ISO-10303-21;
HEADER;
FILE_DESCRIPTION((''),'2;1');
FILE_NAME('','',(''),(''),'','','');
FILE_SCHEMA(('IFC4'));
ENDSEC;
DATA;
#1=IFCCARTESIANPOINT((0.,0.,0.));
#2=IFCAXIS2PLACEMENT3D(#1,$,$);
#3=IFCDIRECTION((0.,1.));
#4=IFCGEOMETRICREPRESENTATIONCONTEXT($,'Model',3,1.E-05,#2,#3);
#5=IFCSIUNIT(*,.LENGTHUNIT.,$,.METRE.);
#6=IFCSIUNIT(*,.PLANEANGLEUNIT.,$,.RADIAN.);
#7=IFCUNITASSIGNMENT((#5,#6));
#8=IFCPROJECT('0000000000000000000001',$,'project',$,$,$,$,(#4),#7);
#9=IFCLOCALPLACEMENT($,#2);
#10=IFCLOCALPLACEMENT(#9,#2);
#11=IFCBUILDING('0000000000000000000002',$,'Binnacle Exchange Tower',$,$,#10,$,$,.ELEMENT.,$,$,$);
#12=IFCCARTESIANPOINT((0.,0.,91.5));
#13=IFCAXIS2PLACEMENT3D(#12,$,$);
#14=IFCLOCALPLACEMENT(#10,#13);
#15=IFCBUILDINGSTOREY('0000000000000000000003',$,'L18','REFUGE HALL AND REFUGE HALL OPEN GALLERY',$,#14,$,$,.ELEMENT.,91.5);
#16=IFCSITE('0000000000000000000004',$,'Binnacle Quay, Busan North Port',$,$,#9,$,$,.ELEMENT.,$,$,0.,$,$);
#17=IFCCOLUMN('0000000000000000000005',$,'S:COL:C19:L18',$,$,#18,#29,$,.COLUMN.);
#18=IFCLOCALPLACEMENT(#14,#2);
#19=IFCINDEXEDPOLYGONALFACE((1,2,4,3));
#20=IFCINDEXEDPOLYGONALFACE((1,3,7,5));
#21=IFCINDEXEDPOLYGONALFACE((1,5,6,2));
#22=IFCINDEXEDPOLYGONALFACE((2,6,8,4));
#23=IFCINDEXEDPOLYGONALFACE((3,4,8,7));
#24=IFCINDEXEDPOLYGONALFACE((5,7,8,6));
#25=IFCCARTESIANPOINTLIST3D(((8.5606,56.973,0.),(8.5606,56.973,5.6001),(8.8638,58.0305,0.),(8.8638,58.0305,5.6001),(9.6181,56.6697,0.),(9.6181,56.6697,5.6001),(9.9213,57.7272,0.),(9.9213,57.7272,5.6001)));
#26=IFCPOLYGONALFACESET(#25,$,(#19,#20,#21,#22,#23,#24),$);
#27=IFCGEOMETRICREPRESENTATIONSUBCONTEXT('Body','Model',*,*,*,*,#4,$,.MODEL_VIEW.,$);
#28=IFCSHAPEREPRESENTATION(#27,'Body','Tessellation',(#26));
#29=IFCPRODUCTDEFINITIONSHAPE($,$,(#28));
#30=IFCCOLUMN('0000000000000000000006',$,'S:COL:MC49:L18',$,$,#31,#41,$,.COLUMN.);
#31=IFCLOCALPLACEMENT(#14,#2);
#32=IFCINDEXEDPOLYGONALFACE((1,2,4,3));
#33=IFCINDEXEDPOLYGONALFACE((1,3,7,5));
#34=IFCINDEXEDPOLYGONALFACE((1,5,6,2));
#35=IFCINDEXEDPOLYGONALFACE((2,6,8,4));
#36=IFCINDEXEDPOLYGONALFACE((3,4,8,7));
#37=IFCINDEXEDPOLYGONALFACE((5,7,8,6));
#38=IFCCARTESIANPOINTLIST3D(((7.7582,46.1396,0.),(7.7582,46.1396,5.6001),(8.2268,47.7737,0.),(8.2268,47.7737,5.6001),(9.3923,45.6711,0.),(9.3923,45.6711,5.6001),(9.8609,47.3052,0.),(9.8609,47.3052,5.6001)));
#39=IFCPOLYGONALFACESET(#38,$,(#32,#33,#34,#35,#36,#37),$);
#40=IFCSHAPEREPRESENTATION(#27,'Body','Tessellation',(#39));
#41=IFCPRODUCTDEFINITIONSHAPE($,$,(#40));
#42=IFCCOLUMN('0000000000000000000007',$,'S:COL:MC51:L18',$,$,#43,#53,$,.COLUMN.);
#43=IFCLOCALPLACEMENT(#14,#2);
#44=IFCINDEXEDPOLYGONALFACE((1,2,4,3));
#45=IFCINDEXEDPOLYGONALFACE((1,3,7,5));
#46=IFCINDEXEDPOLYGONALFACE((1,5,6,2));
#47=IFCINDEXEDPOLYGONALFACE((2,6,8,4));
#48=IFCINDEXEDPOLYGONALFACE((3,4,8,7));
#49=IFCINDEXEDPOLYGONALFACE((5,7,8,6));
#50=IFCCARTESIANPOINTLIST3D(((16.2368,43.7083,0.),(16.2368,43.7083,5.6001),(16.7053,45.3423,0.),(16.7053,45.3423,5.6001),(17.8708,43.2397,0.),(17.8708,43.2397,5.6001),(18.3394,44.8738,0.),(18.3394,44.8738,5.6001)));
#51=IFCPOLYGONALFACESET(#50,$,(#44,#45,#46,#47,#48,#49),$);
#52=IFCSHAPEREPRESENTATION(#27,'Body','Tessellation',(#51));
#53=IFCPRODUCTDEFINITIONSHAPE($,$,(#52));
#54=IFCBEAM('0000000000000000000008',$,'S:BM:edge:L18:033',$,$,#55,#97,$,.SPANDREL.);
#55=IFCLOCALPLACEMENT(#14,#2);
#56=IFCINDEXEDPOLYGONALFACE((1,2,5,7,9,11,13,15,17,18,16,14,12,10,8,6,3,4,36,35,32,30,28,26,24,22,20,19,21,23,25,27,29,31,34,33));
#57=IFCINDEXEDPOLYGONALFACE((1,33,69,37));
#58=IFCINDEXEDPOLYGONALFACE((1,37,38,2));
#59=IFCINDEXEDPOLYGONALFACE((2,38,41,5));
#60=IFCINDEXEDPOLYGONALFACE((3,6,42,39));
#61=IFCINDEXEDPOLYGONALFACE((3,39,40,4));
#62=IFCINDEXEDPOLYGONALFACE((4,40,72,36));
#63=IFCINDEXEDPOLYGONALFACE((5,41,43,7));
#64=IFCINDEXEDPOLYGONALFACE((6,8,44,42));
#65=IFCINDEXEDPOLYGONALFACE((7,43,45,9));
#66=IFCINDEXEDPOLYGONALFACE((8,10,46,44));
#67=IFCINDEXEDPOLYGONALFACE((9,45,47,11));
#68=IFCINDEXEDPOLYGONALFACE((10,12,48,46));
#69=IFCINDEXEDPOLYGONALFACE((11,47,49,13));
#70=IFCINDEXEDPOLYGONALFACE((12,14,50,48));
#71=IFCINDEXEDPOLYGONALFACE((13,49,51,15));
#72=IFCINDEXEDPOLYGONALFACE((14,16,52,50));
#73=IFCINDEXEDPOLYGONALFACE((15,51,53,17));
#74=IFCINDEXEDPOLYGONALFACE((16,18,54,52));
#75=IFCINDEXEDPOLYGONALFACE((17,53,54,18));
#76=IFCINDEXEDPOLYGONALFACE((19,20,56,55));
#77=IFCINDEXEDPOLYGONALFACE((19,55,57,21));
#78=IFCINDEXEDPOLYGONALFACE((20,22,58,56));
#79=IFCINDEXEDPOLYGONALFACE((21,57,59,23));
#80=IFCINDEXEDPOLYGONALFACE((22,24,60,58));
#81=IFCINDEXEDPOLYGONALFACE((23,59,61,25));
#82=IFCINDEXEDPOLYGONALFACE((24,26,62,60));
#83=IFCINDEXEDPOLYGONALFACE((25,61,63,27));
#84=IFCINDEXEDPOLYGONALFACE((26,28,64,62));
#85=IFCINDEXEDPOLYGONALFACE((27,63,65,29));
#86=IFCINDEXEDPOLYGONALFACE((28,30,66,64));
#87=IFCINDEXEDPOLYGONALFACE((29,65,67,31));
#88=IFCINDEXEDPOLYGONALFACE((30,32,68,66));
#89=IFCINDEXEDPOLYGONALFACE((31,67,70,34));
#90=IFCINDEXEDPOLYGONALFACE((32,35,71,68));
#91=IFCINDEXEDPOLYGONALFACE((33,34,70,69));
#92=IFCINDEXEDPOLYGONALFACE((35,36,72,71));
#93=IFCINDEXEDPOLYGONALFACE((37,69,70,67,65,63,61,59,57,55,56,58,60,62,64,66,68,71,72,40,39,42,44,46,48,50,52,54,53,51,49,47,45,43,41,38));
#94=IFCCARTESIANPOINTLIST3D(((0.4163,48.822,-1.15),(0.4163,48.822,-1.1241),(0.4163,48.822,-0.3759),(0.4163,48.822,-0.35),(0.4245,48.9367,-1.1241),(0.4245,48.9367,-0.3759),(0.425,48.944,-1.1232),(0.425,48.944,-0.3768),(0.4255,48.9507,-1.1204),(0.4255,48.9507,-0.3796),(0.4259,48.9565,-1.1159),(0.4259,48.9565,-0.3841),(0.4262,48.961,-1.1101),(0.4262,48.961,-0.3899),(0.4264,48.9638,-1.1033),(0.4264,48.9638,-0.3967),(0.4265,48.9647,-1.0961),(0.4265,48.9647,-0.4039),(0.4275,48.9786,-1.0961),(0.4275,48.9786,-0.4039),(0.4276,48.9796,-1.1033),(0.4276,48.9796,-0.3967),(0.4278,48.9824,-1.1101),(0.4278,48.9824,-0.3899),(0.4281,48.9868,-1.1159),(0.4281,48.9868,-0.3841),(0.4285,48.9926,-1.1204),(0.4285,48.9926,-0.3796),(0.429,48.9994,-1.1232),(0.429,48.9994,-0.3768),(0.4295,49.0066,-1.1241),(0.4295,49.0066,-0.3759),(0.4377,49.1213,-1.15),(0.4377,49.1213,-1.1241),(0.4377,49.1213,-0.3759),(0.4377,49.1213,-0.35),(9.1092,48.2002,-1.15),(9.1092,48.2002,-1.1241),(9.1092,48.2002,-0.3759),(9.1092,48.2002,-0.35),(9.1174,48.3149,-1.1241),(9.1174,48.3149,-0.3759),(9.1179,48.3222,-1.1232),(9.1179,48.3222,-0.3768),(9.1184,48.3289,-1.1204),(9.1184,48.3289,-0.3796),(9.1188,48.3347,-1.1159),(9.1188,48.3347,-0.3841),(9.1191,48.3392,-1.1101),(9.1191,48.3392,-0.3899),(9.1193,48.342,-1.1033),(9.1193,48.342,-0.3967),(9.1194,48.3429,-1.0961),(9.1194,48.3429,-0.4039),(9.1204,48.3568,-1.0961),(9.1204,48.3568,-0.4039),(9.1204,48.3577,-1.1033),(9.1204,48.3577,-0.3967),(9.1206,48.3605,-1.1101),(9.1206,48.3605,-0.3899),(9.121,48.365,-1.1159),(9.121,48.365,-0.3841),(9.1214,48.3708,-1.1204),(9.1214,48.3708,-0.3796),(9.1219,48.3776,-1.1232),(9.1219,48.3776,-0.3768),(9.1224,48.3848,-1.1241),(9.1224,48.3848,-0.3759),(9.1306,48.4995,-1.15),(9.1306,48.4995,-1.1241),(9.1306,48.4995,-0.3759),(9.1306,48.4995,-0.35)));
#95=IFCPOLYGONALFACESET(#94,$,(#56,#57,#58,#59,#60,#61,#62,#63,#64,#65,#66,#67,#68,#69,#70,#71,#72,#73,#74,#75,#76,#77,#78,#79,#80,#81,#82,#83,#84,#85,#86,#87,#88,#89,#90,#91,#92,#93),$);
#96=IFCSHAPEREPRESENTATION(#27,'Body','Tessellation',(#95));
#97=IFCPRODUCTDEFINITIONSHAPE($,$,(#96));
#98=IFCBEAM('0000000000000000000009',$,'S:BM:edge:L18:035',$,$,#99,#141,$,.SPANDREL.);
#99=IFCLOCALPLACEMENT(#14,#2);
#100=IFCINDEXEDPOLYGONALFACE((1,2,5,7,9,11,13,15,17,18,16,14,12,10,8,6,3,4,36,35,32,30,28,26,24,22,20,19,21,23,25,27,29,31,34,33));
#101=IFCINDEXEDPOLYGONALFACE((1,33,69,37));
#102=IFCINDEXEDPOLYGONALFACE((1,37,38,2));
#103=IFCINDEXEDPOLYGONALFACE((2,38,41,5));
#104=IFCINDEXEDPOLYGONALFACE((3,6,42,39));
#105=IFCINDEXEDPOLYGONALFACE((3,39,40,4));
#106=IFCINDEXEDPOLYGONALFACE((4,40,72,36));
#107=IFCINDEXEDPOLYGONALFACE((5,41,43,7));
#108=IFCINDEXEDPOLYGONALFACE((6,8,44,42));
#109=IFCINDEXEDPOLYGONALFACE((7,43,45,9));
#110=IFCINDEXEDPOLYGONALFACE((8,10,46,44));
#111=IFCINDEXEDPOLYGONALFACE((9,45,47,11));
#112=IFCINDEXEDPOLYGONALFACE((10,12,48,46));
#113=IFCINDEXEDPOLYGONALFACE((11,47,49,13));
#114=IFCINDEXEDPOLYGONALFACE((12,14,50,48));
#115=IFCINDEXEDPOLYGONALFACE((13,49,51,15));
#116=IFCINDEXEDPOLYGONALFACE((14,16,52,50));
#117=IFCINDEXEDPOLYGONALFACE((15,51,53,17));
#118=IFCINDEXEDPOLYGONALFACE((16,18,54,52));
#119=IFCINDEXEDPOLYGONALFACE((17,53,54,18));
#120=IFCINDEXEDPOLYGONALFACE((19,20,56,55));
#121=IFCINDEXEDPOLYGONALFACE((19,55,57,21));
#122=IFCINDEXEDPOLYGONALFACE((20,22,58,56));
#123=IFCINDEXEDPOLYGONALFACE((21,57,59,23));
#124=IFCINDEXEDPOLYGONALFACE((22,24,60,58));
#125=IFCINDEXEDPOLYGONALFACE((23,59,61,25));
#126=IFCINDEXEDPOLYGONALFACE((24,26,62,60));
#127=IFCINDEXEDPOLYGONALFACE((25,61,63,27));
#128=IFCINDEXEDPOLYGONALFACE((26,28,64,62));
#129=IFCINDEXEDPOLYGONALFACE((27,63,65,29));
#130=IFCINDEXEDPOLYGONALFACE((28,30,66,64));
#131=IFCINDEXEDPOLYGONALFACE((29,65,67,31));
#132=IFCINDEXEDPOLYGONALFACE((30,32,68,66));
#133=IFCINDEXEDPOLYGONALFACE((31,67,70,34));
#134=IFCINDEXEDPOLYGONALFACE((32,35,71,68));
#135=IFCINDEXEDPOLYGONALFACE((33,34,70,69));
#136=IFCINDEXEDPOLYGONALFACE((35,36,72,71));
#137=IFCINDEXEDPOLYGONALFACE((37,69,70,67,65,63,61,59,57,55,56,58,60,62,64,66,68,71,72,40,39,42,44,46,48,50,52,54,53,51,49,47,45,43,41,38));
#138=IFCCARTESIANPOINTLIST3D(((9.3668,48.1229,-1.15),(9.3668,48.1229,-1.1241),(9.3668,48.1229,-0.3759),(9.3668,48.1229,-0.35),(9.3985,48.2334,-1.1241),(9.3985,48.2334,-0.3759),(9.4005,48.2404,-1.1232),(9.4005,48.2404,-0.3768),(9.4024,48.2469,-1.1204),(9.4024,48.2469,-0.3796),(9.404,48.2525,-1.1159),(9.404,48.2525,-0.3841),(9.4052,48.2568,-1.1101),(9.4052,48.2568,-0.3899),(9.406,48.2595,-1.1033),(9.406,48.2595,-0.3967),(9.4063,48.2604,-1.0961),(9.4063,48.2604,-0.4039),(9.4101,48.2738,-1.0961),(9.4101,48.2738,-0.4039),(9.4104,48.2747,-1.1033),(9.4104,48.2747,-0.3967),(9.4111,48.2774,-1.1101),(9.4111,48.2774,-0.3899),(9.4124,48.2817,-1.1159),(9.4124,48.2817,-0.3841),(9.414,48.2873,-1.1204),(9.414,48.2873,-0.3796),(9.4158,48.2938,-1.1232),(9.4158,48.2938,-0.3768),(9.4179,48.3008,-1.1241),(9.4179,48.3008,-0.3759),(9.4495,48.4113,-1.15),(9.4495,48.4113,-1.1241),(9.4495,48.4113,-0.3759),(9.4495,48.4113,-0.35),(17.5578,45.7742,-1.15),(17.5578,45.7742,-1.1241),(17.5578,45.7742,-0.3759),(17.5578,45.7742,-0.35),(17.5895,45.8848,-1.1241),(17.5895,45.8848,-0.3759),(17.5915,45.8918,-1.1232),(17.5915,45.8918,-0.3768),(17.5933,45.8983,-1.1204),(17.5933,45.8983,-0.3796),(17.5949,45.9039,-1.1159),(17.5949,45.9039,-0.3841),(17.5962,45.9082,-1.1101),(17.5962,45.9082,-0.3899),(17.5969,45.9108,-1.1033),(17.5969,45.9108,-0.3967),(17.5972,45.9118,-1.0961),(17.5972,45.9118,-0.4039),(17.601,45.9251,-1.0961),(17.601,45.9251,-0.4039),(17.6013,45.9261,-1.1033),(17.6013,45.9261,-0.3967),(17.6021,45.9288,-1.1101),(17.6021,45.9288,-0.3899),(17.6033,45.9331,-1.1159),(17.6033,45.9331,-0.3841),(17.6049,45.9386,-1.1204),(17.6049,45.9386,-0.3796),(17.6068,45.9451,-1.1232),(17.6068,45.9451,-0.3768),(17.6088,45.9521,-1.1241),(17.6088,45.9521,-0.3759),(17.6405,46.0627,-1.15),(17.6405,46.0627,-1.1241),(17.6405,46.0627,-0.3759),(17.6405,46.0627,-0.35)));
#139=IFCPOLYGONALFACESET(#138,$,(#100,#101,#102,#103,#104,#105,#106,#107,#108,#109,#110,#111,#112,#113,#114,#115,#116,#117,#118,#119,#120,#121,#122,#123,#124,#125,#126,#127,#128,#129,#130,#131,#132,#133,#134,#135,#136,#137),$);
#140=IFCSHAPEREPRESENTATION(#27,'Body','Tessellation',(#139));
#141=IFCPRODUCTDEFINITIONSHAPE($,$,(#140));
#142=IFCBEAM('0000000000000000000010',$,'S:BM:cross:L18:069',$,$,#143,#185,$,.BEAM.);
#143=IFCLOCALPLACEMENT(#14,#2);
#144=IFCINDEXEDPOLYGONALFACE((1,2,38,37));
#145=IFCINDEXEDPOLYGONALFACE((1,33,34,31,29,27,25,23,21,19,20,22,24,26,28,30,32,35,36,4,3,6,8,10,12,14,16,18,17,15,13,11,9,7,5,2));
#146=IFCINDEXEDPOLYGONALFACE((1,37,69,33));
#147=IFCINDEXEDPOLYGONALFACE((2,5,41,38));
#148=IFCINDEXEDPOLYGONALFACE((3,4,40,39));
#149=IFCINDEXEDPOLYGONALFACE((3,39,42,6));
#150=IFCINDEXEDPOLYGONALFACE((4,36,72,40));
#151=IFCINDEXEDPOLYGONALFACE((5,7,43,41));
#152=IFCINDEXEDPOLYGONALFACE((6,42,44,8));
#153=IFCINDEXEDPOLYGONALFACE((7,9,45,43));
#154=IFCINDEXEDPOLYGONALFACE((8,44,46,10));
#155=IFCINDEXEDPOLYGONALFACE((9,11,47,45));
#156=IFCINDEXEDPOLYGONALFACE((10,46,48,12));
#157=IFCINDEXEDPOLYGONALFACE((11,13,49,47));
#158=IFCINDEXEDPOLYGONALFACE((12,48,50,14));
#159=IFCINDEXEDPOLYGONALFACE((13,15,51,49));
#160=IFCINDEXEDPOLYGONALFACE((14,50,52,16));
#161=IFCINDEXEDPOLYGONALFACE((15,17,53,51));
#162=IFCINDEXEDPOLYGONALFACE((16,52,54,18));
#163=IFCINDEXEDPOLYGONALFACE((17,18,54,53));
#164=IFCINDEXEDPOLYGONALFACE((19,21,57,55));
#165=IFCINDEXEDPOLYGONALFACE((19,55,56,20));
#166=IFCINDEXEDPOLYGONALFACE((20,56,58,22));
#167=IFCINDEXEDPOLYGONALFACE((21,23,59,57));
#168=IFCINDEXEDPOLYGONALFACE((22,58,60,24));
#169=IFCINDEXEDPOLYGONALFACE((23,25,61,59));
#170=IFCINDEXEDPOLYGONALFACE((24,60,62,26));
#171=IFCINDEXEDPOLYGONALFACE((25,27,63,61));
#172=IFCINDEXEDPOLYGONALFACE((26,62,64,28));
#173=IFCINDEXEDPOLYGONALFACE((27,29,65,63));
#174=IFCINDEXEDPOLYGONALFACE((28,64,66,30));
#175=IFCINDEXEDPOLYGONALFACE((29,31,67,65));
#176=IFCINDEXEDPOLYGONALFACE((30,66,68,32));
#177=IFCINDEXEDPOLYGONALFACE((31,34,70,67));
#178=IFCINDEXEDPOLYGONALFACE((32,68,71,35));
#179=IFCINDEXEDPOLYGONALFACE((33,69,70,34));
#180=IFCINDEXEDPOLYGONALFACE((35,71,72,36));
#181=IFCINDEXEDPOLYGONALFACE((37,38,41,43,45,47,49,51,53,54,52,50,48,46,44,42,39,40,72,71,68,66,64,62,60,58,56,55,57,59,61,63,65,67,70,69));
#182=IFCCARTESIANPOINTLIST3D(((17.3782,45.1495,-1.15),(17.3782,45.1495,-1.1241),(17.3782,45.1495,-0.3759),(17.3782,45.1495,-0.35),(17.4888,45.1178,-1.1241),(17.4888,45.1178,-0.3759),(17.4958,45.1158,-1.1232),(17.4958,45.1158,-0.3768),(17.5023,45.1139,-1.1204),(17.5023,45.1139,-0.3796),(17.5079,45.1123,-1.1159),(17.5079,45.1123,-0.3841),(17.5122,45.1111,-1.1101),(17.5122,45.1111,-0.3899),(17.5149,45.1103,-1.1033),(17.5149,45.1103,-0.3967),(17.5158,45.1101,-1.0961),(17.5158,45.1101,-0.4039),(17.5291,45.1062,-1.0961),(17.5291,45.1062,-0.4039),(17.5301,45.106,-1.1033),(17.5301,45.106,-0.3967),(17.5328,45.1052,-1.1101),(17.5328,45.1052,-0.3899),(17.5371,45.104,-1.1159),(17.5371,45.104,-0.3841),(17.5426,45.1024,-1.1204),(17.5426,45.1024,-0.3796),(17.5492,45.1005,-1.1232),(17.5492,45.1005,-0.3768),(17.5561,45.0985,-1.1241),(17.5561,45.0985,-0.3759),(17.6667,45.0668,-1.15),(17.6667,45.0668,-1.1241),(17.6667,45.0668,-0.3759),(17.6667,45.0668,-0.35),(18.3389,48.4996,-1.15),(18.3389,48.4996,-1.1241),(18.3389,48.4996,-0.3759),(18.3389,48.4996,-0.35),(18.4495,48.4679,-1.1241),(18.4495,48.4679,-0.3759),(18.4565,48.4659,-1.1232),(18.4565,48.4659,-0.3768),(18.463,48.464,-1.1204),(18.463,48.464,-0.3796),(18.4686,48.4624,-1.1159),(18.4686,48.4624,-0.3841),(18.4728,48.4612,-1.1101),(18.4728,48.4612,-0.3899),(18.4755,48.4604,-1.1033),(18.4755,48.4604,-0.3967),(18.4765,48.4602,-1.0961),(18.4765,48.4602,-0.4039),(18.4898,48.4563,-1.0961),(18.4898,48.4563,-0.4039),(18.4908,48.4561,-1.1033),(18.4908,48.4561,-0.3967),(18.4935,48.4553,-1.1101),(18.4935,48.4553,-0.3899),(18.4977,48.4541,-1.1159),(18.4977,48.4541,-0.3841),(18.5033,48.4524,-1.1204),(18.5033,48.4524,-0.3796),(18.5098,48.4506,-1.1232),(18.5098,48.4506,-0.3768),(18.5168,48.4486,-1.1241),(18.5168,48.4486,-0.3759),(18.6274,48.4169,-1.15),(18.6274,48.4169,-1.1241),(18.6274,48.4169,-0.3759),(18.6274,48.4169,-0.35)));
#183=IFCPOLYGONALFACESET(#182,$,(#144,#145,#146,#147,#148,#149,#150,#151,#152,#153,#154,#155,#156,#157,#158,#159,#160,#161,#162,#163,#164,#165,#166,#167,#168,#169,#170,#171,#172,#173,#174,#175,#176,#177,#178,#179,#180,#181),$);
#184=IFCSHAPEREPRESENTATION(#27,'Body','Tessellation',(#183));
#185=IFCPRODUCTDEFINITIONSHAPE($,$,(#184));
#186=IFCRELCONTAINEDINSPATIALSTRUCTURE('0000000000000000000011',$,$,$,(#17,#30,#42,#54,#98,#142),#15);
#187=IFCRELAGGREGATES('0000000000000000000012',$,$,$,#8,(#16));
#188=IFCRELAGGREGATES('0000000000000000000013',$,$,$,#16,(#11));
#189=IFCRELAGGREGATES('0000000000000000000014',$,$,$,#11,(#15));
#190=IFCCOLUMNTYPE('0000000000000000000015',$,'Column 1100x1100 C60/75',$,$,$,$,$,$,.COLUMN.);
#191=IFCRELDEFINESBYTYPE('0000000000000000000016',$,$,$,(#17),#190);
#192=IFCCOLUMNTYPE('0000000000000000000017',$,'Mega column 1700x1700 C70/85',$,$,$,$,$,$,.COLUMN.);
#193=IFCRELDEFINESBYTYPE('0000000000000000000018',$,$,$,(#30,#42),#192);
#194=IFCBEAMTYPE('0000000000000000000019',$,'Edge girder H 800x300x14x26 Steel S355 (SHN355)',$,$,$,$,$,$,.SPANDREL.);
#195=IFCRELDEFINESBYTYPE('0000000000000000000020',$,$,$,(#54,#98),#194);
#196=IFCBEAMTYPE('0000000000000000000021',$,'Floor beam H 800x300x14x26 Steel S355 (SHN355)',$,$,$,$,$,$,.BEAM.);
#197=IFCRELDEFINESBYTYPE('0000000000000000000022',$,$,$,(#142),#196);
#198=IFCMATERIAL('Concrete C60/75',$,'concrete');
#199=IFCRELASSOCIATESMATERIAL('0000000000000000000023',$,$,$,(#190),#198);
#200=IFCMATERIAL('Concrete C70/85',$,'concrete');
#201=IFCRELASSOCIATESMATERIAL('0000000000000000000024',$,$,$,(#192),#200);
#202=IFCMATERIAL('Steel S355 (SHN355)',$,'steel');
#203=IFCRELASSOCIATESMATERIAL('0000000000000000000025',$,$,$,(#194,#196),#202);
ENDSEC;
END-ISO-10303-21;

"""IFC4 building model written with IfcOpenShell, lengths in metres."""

from ifc_helpers import new_model, si_unit, direction, frame, origin, origin_2d, place, context, subcontext, project, spatial, rectangle, i_section, extrude, material, material_profile, profile_set, type_object, element, save


model = new_model("IFC4")

# Units and contexts
model_context = context("Model", 3, precision=1e-05, world=origin(), true_north=direction((0.0, 1.0)))
body_context = subcontext(model_context, "Body", "Model", "MODEL_VIEW")
ifc_project = project(units=[si_unit("LENGTHUNIT", "METRE"), si_unit("PLANEANGLEUNIT", "RADIAN")], contexts=[model_context])

# Site, building, storey
site_placement = place(None, origin())
site = spatial("IfcSite", under=ifc_project, at=site_placement, Name="Binnacle Quay, Busan North Port", CompositionType="ELEMENT", RefElevation=0.0)
building_placement = place(site_placement, origin())
building = spatial("IfcBuilding", under=site, at=building_placement, Name="Binnacle Exchange Tower", CompositionType="ELEMENT")
storey_placement = place(building_placement, frame((0.0, 0.0, 91.5)))
storey = spatial("IfcBuildingStorey", under=building, at=storey_placement, Name="L18", Description="REFUGE HALL AND REFUGE HALL OPEN GALLERY", CompositionType="ELEMENT", Elevation=91.5)

# Columns
ifc_material_1 = material(Name="Concrete C60/75", Category="concrete")
ifc_material_profile_1 = material_profile(ifc_material_1, rectangle(XDim=1.1001, YDim=1.1001, at=origin_2d()), Name="Column 1100x1100 C60/75")
ifc_profile_set_1 = profile_set([ifc_material_profile_1], Name="Concrete C60/75")
column_type_1 = type_object("IfcColumnType", Name="Column 1100x1100 C60/75", PredefinedType="COLUMN", material=ifc_profile_set_1)
column_placement = place(storey_placement, frame((9.241, 57.3501, 0.0), z_axis=(0.0, 0.0, 1.0), x_axis=(0.961262, -0.275637, 0.0)))
element("IfcColumn", 1, at=column_placement, inside=storey, type_object=column_type_1, Name="S:COL:C19:L18", PredefinedType="COLUMN", context=body_context, shape_type="SweptSolid", body=[
    extrude(rectangle(XDim=1.1001, YDim=1.1001, at=origin_2d()), origin(), (0.0, 0.0, 1.0), 5.6001),
])
ifc_material_2 = material(Name="Concrete C70/85", Category="concrete")
ifc_material_profile_2 = material_profile(ifc_material_2, rectangle(XDim=1.7, YDim=1.7, at=origin_2d()), Name="Mega column 1700x1700 C70/85")
ifc_profile_set_2 = profile_set([ifc_material_profile_2], Name="Concrete C70/85")
column_type_2 = type_object("IfcColumnType", Name="Mega column 1700x1700 C70/85", PredefinedType="COLUMN", material=ifc_profile_set_2)
for number, where, z_axis, x_axis, name in (
    (2, (8.8096, 46.7224, 0.0), (0.0, 0.0, 1.0), (0.961262, -0.275637, 0.0), "S:COL:MC49:L18"),
    (3, (17.2881, 44.291, 0.0), (0.0, 0.0, 1.0), (0.961262, -0.275637, 0.0), "S:COL:MC51:L18"),
):
    element("IfcColumn", number, at=place(storey_placement, frame(where, z_axis=z_axis, x_axis=x_axis)), inside=storey, type_object=column_type_2, Name=name, PredefinedType="COLUMN", context=body_context, shape_type="SweptSolid", body=[
        extrude(rectangle(XDim=1.7, YDim=1.7, at=origin_2d()), origin(), (0.0, 0.0, 1.0), 5.6001),
    ])

# Beams
ifc_material_3 = material(Name="Steel S355 (SHN355)", Category="steel")
ifc_material_profile_3 = material_profile(ifc_material_3, i_section(OverallWidth=0.3, OverallDepth=0.8, WebThickness=0.0139, FlangeThickness=0.0259, FilletRadius=0.0281, at=origin_2d()), Name="H 800x300x14x26")
ifc_profile_set_3 = profile_set([ifc_material_profile_3], Name="Steel S355 (SHN355)")
beam_type_1 = type_object("IfcBeamType", Name="Edge girder H 800x300x14x26 Steel S355 (SHN355)", PredefinedType="SPANDREL", material=ifc_profile_set_3)
beam_1_placement = place(storey_placement, frame((9.1199, 48.3499, -0.75), z_axis=(-0.997451, 0.071351, 0.0), x_axis=(-0.071351, -0.997451, 0.0)))
element("IfcBeam", 4, at=beam_1_placement, inside=storey, type_object=beam_type_1, Name="S:BM:edge:L18:033", PredefinedType="SPANDREL", context=body_context, shape_type="SweptSolid", body=[
    extrude(i_section(OverallWidth=0.3, OverallDepth=0.8, WebThickness=0.0139, FlangeThickness=0.0259, FilletRadius=0.0281, at=origin_2d()), origin(), (0.0, 0.0, 1.0), 8.7151),
])
beam_2_placement = place(storey_placement, frame((17.5991, 45.9185, -0.75), z_axis=(-0.961264, 0.275629, 0.0), x_axis=(-0.275629, -0.961264, 0.0)))
element("IfcBeam", 5, at=beam_2_placement, inside=storey, type_object=beam_type_1, Name="S:BM:edge:L18:035", PredefinedType="SPANDREL", context=body_context, shape_type="SweptSolid", body=[
    extrude(i_section(OverallWidth=0.3, OverallDepth=0.8, WebThickness=0.0139, FlangeThickness=0.0259, FilletRadius=0.0281, at=origin_2d()), origin(), (0.0, 0.0, 1.0), 8.521),
])
ifc_material_profile_4 = material_profile(ifc_material_3, i_section(OverallWidth=0.3, OverallDepth=0.8, WebThickness=0.0139, FlangeThickness=0.0259, FilletRadius=0.0281, at=origin_2d()), Name="H 800x300x14x26")
ifc_profile_set_4 = profile_set([ifc_material_profile_4], Name="Steel S355 (SHN355)")
beam_type_2 = type_object("IfcBeamType", Name="Floor beam H 800x300x14x26 Steel S355 (SHN355)", PredefinedType="BEAM", material=ifc_profile_set_4)
beam_3_placement = place(storey_placement, frame((17.5225, 45.1082, -0.75), z_axis=(0.275655, 0.961257, 0.0), x_axis=(-0.961257, 0.275655, 0.0)))
element("IfcBeam", 6, at=beam_3_placement, inside=storey, type_object=beam_type_2, Name="S:BM:cross:L18:069", PredefinedType="BEAM", context=body_context, shape_type="SweptSolid", body=[
    extrude(i_section(OverallWidth=0.3, OverallDepth=0.8, WebThickness=0.0139, FlangeThickness=0.0259, FilletRadius=0.0281, at=origin_2d()), origin(), (0.0, 0.0, 1.0), 3.4851),
])

save(model, "model.ifc")
